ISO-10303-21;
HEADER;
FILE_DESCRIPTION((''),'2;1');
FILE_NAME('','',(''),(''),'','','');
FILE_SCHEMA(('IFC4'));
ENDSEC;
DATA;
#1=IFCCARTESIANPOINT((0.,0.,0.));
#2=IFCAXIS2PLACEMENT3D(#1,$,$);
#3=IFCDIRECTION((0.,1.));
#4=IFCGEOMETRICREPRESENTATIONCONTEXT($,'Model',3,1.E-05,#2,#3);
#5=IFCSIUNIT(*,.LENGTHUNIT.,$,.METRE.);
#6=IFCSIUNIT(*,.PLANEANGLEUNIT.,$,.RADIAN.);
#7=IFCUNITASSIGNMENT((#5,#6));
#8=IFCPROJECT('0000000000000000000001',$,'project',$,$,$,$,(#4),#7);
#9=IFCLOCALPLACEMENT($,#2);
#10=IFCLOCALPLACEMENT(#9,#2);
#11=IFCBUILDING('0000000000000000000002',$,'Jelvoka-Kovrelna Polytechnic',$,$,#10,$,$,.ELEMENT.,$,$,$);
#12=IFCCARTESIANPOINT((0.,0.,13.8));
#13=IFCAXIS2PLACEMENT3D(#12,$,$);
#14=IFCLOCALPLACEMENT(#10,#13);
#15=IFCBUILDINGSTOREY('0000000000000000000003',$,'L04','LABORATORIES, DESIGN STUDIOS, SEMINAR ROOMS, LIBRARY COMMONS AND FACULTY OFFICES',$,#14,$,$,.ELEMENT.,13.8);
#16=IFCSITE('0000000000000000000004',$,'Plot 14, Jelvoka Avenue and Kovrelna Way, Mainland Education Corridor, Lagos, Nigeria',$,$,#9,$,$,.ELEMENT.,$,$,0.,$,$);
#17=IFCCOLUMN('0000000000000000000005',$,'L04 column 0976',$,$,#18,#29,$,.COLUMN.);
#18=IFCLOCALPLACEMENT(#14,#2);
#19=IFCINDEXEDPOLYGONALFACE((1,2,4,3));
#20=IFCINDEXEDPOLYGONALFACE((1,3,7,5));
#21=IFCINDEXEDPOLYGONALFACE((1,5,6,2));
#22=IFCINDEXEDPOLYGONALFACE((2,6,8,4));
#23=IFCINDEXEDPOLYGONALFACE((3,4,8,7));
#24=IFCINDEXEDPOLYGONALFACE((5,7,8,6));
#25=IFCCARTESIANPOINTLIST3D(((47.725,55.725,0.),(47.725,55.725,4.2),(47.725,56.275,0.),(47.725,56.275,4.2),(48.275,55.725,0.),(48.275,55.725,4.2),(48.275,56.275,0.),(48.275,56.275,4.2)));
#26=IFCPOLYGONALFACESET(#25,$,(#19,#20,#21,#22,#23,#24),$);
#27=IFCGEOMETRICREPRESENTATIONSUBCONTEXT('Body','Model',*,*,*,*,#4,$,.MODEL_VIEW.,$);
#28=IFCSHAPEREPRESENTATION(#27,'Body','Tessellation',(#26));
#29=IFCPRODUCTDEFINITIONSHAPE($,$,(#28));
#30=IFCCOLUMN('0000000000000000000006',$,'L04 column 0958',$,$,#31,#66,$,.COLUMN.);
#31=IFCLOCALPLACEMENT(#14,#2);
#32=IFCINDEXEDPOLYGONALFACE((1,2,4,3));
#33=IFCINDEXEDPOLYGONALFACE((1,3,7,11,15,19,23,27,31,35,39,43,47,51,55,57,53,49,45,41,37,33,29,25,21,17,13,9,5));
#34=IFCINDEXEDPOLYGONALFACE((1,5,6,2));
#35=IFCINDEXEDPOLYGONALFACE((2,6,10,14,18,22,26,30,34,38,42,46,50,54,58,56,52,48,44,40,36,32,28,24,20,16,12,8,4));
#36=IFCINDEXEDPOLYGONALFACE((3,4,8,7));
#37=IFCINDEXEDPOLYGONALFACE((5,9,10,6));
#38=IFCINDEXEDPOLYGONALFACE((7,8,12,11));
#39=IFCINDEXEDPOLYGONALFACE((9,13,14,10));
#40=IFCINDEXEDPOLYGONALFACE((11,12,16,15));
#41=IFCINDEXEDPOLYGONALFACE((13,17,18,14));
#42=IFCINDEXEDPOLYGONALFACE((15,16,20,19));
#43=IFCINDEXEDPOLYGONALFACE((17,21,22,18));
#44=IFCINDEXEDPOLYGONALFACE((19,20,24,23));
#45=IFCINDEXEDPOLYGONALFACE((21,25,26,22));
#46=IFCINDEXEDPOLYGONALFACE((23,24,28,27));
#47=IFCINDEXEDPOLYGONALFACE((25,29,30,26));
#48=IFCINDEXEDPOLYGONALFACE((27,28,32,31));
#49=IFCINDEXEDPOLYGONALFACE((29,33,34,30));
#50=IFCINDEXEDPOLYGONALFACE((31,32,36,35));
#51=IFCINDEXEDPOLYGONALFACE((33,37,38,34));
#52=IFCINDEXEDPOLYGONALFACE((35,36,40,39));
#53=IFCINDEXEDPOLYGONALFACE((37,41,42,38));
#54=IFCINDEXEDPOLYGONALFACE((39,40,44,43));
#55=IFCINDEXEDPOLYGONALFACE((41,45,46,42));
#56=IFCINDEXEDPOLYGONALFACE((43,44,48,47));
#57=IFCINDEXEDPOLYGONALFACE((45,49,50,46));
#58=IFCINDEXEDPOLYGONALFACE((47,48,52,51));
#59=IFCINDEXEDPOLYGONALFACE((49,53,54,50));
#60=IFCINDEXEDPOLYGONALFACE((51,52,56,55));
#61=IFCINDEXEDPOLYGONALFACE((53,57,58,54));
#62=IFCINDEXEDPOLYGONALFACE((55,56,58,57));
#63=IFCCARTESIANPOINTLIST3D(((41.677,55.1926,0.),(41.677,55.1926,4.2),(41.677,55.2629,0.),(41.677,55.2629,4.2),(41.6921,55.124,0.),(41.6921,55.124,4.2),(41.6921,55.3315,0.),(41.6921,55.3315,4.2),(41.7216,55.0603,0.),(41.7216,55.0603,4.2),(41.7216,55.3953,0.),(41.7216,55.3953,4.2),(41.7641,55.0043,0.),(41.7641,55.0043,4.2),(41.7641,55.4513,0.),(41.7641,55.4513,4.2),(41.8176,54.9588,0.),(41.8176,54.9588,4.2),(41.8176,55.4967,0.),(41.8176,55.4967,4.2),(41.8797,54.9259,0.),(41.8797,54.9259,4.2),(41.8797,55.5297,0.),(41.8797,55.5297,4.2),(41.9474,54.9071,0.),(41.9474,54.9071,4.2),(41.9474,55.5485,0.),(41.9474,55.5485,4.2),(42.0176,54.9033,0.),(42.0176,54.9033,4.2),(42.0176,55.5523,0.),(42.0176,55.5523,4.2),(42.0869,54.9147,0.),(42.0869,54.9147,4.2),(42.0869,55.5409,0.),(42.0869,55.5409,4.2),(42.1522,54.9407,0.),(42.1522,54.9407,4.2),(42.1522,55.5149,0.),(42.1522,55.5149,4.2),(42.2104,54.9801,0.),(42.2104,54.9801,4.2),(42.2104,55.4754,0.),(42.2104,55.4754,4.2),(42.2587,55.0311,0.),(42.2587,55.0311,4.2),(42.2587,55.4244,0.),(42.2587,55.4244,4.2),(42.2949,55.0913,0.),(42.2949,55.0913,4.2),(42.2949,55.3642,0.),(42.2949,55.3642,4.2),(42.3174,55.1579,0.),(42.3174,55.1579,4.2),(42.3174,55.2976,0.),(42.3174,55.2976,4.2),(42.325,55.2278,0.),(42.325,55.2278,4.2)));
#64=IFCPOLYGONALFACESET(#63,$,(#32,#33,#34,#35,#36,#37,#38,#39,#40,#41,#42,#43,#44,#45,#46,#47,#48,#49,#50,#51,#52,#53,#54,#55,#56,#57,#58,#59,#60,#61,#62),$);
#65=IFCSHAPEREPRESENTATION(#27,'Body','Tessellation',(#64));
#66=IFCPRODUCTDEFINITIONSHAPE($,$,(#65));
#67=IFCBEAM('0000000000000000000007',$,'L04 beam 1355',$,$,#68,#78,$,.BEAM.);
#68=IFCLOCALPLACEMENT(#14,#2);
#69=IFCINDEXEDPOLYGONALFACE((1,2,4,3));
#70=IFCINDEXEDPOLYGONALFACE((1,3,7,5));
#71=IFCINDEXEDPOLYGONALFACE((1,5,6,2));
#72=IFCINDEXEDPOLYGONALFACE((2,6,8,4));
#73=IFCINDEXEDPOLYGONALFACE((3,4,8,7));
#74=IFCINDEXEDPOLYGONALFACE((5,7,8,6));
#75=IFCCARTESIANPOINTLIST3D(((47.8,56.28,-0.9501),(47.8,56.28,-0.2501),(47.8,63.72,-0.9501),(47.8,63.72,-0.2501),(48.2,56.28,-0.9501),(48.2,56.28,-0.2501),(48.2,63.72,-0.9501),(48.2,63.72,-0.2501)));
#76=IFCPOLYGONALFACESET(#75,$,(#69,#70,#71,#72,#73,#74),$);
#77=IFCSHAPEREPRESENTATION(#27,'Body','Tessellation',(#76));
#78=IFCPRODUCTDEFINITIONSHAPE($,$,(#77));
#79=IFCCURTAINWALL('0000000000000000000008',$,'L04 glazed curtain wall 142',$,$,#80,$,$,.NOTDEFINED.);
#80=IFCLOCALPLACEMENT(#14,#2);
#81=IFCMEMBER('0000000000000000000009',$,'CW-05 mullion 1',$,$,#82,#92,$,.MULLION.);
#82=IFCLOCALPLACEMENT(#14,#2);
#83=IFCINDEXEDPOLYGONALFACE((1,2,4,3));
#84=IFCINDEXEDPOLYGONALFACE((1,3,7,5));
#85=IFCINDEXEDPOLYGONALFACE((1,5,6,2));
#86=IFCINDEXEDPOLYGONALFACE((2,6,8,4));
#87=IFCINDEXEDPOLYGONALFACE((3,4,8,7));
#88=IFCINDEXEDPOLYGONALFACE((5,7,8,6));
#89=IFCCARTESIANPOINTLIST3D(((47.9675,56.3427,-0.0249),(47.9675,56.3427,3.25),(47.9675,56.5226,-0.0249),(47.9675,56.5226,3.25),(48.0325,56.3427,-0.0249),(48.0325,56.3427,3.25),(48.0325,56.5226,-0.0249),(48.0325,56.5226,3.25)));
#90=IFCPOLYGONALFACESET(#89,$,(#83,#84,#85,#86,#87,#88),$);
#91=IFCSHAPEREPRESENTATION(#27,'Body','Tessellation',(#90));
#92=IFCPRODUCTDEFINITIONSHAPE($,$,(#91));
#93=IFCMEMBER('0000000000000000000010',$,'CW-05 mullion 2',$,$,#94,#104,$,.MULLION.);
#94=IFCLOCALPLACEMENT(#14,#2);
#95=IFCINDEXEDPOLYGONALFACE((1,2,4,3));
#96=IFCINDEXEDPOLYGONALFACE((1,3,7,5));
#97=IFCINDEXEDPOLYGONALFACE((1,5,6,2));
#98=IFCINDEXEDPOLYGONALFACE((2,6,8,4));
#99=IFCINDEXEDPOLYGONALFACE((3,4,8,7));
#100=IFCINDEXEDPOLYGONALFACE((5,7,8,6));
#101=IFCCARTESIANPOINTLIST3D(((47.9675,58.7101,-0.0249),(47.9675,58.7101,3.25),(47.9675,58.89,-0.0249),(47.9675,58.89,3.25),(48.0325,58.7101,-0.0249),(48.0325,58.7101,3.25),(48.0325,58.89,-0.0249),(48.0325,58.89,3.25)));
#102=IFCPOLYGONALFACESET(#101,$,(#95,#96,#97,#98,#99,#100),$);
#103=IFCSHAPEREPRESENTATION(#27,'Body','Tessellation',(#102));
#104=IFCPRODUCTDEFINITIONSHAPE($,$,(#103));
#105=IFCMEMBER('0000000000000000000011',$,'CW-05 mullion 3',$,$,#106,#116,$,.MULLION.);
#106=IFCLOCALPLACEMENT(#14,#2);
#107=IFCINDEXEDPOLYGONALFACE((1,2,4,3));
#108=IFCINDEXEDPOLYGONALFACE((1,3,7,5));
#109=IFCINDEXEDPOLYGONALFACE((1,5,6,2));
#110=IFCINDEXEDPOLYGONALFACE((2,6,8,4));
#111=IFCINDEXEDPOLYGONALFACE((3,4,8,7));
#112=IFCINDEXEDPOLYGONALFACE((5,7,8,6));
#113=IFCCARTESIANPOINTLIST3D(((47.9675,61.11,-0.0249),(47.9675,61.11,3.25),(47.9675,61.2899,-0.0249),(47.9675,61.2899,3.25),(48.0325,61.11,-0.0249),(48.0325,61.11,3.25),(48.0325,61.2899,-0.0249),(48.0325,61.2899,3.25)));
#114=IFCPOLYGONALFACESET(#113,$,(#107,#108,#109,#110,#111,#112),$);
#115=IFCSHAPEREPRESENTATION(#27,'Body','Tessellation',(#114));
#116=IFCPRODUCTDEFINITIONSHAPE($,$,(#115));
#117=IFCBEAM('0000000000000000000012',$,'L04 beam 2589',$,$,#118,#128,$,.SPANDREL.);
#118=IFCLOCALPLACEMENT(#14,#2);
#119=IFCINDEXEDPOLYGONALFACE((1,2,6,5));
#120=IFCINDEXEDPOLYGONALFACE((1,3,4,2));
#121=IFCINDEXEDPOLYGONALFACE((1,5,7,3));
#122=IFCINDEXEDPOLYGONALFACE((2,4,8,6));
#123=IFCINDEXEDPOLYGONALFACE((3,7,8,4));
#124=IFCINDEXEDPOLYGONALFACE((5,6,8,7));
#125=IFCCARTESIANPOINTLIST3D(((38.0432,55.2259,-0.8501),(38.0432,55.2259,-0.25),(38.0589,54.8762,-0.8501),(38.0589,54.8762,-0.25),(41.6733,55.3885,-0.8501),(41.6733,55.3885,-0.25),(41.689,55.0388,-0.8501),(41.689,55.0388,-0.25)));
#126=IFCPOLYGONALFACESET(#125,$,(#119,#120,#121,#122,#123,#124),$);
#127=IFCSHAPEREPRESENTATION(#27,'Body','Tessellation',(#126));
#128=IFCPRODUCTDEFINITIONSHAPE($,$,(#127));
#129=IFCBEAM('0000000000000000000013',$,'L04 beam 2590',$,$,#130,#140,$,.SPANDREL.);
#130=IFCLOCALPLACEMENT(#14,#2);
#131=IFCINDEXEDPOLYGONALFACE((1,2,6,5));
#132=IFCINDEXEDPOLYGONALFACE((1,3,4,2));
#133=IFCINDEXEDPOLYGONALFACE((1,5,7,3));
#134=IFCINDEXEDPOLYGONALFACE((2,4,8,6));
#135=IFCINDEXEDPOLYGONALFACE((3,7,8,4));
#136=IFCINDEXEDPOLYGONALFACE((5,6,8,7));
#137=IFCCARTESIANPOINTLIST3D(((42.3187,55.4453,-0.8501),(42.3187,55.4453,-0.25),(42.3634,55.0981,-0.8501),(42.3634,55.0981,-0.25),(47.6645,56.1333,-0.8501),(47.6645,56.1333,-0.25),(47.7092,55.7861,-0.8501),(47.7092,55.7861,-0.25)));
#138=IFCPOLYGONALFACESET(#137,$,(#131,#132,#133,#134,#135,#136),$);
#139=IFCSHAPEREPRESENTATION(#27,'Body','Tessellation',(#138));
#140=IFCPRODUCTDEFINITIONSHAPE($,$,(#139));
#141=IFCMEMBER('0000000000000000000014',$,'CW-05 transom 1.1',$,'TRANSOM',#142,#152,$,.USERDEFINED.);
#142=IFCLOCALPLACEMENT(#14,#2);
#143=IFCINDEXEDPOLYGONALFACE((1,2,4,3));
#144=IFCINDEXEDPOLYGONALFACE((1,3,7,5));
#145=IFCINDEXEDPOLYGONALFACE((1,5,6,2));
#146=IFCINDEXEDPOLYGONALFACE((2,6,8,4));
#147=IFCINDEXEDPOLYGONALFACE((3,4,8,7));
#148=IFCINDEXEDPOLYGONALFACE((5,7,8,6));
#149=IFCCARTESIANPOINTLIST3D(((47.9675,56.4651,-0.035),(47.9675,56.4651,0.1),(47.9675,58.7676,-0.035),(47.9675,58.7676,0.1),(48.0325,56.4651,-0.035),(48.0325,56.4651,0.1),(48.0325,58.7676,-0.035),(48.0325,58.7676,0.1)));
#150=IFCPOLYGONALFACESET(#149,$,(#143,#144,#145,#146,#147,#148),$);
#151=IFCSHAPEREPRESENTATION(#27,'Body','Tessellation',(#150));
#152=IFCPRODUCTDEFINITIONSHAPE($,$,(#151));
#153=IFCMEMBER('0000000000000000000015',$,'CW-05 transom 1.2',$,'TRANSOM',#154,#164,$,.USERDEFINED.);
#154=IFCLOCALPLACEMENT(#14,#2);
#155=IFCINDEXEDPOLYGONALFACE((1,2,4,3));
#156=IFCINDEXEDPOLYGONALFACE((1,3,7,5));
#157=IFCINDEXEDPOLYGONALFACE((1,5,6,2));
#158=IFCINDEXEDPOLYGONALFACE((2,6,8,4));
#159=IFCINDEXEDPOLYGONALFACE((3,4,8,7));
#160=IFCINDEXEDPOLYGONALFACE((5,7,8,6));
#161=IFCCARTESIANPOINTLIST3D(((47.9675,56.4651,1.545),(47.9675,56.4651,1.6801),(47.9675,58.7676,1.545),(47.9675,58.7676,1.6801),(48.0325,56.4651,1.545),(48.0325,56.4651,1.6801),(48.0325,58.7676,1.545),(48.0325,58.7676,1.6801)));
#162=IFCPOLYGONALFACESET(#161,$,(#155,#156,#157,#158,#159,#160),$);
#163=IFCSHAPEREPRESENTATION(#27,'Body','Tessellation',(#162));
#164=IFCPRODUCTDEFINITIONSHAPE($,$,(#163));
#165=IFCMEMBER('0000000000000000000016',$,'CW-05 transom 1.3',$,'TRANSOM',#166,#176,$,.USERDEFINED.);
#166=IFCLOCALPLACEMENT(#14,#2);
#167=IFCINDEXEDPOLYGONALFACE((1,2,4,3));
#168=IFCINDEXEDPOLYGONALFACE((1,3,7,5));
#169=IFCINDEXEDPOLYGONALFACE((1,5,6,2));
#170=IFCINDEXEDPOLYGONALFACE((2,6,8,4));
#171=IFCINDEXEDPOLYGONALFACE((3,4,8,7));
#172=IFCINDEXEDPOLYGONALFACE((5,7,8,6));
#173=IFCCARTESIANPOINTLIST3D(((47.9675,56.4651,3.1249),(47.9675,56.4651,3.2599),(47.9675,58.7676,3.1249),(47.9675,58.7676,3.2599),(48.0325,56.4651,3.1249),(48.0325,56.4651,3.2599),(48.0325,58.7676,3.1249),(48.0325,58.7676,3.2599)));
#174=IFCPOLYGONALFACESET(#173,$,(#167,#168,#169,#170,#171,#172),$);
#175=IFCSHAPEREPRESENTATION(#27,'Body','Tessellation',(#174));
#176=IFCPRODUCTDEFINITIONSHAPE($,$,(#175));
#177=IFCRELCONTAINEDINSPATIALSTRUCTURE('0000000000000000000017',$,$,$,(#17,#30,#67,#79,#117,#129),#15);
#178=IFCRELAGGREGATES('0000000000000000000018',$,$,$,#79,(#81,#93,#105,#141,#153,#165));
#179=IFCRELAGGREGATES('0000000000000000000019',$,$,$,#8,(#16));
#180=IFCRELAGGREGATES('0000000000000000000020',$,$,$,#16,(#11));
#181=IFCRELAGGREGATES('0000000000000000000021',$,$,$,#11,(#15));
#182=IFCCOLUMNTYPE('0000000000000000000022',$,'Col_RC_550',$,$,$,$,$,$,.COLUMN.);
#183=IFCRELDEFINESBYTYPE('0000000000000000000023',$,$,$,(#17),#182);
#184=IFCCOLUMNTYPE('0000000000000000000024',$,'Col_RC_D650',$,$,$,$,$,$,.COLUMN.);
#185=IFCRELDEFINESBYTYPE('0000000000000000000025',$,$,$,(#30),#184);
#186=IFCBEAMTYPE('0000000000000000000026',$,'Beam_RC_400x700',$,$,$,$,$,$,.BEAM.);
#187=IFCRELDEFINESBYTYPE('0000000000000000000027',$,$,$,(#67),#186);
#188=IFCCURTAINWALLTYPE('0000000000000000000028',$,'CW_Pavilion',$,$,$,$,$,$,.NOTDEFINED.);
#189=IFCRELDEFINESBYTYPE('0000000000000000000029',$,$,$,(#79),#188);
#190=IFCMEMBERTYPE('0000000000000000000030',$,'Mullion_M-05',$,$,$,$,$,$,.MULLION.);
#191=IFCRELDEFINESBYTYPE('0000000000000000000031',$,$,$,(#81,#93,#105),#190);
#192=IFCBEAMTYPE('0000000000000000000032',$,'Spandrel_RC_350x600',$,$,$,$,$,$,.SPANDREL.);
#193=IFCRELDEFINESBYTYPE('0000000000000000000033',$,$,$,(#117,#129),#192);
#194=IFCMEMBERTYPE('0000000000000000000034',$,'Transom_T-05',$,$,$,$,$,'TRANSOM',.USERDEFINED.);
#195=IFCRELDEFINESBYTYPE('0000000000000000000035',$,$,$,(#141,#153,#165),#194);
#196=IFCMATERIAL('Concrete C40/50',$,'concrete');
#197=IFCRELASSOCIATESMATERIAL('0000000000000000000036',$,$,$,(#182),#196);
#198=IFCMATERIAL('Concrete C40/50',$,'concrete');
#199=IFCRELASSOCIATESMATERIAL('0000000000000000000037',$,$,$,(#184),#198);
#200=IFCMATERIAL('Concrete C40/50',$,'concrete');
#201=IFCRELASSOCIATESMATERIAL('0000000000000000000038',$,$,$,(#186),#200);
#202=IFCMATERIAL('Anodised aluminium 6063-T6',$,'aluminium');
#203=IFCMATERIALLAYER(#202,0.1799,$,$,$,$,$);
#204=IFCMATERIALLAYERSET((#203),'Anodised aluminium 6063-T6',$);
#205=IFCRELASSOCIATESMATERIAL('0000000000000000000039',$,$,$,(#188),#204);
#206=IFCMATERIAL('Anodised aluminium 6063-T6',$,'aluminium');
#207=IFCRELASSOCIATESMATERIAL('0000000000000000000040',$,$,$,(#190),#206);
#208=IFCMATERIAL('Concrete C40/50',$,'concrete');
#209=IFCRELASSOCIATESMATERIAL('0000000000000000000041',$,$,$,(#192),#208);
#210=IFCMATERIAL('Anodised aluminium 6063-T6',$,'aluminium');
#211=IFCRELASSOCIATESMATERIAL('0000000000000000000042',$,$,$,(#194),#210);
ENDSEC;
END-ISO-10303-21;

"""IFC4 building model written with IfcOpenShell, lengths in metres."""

from ifc_helpers import new_model, si_unit, direction, frame, origin, origin_2d, place, context, subcontext, project, spatial, rectangle, circle, extrude, material, layer, layer_set, material_profile, profile_set, type_object, element, aggregate, save


model = new_model("IFC4")

# Units and contexts
model_context = context("Model", 3, precision=1e-05, world=origin(), true_north=direction((0.0, 1.0)))
body_context = subcontext(model_context, "Body", "Model", "MODEL_VIEW")
ifc_project = project(units=[si_unit("LENGTHUNIT", "METRE"), si_unit("PLANEANGLEUNIT", "RADIAN")], contexts=[model_context])

# Site, building, storey
site_placement = place(None, origin())
site = spatial("IfcSite", under=ifc_project, at=site_placement, Name="Plot 14, Jelvoka Avenue and Kovrelna Way, Mainland Education Corridor, Lagos, Nigeria", CompositionType="ELEMENT", RefElevation=0.0)
building_placement = place(site_placement, origin())
building = spatial("IfcBuilding", under=site, at=building_placement, Name="Jelvoka-Kovrelna Polytechnic", CompositionType="ELEMENT")
storey_placement = place(building_placement, frame((0.0, 0.0, 13.8)))
storey = spatial("IfcBuildingStorey", under=building, at=storey_placement, Name="L04", Description="LABORATORIES, DESIGN STUDIOS, SEMINAR ROOMS, LIBRARY COMMONS AND FACULTY OFFICES", CompositionType="ELEMENT", Elevation=13.8)

# Columns
ifc_material_1 = material(Name="Concrete C40/50", Category="concrete")
ifc_material_profile_1 = material_profile(ifc_material_1, rectangle(XDim=0.55, YDim=0.55, at=origin_2d()), Name="RC 550x550")
ifc_profile_set_1 = profile_set([ifc_material_profile_1], Name="Concrete C40/50")
column_type_1 = type_object("IfcColumnType", Name="Col_RC_550", PredefinedType="COLUMN", material=ifc_profile_set_1)
column_1_placement = place(storey_placement, frame((48.0, 56.0, 0.0), z_axis=(0.0, 0.0, 1.0), x_axis=(1.0, 0.0, 0.0)))
element("IfcColumn", 1, at=column_1_placement, inside=storey, type_object=column_type_1, Name="L04 column 0976", PredefinedType="COLUMN", context=body_context, shape_type="SweptSolid", body=[
    extrude(rectangle(XDim=0.55, YDim=0.55, at=origin_2d()), origin(), (0.0, 0.0, 1.0), 4.2),
])
ifc_material_2 = material(Name="Concrete C40/50", Category="concrete")
ifc_material_profile_2 = material_profile(ifc_material_2, circle(Radius=0.325, at=origin_2d()), Name="RC D650")
ifc_profile_set_2 = profile_set([ifc_material_profile_2], Name="Concrete C40/50")
column_type_2 = type_object("IfcColumnType", Name="Col_RC_D650", PredefinedType="COLUMN", material=ifc_profile_set_2)
column_2_placement = place(storey_placement, frame((42.0, 55.2278, 0.0), z_axis=(0.0, 0.0, 1.0), x_axis=(1.0, 0.0, 0.0)))
element("IfcColumn", 2, at=column_2_placement, inside=storey, type_object=column_type_2, Name="L04 column 0958", PredefinedType="COLUMN", context=body_context, shape_type="SweptSolid", body=[
    extrude(circle(Radius=0.325, at=origin_2d()), origin(), (0.0, 0.0, 1.0), 4.2),
])

# Beam
ifc_material_3 = material(Name="Concrete C40/50", Category="concrete")
ifc_material_profile_3 = material_profile(ifc_material_3, rectangle(XDim=0.3999, YDim=0.7, at=origin_2d()), Name="RC 400x700")
ifc_profile_set_3 = profile_set([ifc_material_profile_3], Name="Concrete C40/50")
beam_type_1 = type_object("IfcBeamType", Name="Beam_RC_400x700", PredefinedType="BEAM", material=ifc_profile_set_3)
beam_1_placement = place(storey_placement, frame((48.0, 56.28, -0.6001), z_axis=(0.0, 1.0, 0.0), x_axis=(-1.0, 0.0, 0.0)))
element("IfcBeam", 3, at=beam_1_placement, inside=storey, type_object=beam_type_1, Name="L04 beam 1355", PredefinedType="BEAM", context=body_context, shape_type="SweptSolid", body=[
    extrude(rectangle(XDim=0.3999, YDim=0.7, at=origin_2d()), origin(), (0.0, 0.0, 1.0), 7.4399),
])

# Curtain wall, members
ifc_material_4 = material(Name="Anodised aluminium 6063-T6", Category="aluminium")
ifc_layer_1 = layer(ifc_material_4, 0.1799)
ifc_layer_set_1 = layer_set([ifc_layer_1], Name="Anodised aluminium 6063-T6")
curtain_wall_type = type_object("IfcCurtainWallType", Name="CW_Pavilion", PredefinedType="NOTDEFINED", material=ifc_layer_set_1)
curtain_wall_placement = place(storey_placement, origin())
curtain_wall = element("IfcCurtainWall", 4, at=curtain_wall_placement, inside=storey, type_object=curtain_wall_type, Name="L04 glazed curtain wall 142", PredefinedType="NOTDEFINED")
ifc_material_5 = material(Name="Anodised aluminium 6063-T6", Category="aluminium")
ifc_material_profile_4 = material_profile(ifc_material_5, rectangle(XDim=0.0649, YDim=0.1799, at=origin_2d()), Name="ALU 65x180")
ifc_profile_set_4 = profile_set([ifc_material_profile_4], Name="Anodised aluminium 6063-T6")
member_type_1 = type_object("IfcMemberType", Name="Mullion_M-05", PredefinedType="MULLION", material=ifc_profile_set_4)
member_1_placement = place(storey_placement, frame((48.0, 56.4326, -0.0249), z_axis=(0.0, 0.0, 1.0), x_axis=(-1.0, 0.0, 0.0)))
member_1 = element("IfcMember", 5, at=member_1_placement, type_object=member_type_1, Name="CW-05 mullion 1", PredefinedType="MULLION", context=body_context, shape_type="SweptSolid", body=[
    extrude(rectangle(XDim=0.0649, YDim=0.1799, at=origin_2d()), origin(), (0.0, 0.0, 1.0), 3.2749),
])
member_2_placement = place(storey_placement, frame((48.0, 58.8, -0.0249), z_axis=(0.0, 0.0, 1.0), x_axis=(-1.0, 0.0, 0.0)))
member_2 = element("IfcMember", 6, at=member_2_placement, type_object=member_type_1, Name="CW-05 mullion 2", PredefinedType="MULLION", context=body_context, shape_type="SweptSolid", body=[
    extrude(rectangle(XDim=0.0649, YDim=0.1799, at=origin_2d()), origin(), (0.0, 0.0, 1.0), 3.2749),
])
member_3_placement = place(storey_placement, frame((48.0, 61.2, -0.0249), z_axis=(0.0, 0.0, 1.0), x_axis=(-1.0, 0.0, 0.0)))
member_3 = element("IfcMember", 7, at=member_3_placement, type_object=member_type_1, Name="CW-05 mullion 3", PredefinedType="MULLION", context=body_context, shape_type="SweptSolid", body=[
    extrude(rectangle(XDim=0.0649, YDim=0.1799, at=origin_2d()), origin(), (0.0, 0.0, 1.0), 3.2749),
])

# Beams
ifc_material_6 = material(Name="Concrete C40/50", Category="concrete")
ifc_material_profile_5 = material_profile(ifc_material_6, rectangle(XDim=0.3501, YDim=0.6001, at=origin_2d()), Name="RC 350x600")
ifc_profile_set_5 = profile_set([ifc_material_profile_5], Name="Concrete C40/50")
beam_type_2 = type_object("IfcBeamType", Name="Spandrel_RC_350x600", PredefinedType="SPANDREL", material=ifc_profile_set_5)
beam_2_placement = place(storey_placement, frame((38.051, 55.051, -0.55), z_axis=(0.998998, 0.044746, 0.0), x_axis=(-0.044746, 0.998998, 0.0)))
element("IfcBeam", 8, at=beam_2_placement, inside=storey, type_object=beam_type_2, Name="L04 beam 2589", PredefinedType="SPANDREL", context=body_context, shape_type="SweptSolid", body=[
    extrude(rectangle(XDim=0.3501, YDim=0.6001, at=origin_2d()), origin(), (0.0, 0.0, 1.0), 3.6338),
])
beam_3_placement = place(storey_placement, frame((42.3411, 55.2717, -0.55), z_axis=(0.99182, 0.127647, 0.0), x_axis=(-0.127647, 0.99182, 0.0)))
element("IfcBeam", 9, at=beam_3_placement, inside=storey, type_object=beam_type_2, Name="L04 beam 2590", PredefinedType="SPANDREL", context=body_context, shape_type="SweptSolid", body=[
    extrude(rectangle(XDim=0.3501, YDim=0.6001, at=origin_2d()), origin(), (0.0, 0.0, 1.0), 5.3899),
])

# Members
ifc_material_7 = material(Name="Anodised aluminium 6063-T6", Category="aluminium")
ifc_material_profile_6 = material_profile(ifc_material_7, rectangle(XDim=0.0649, YDim=0.135, at=origin_2d()), Name="ALU 65x135")
ifc_profile_set_6 = profile_set([ifc_material_profile_6], Name="Anodised aluminium 6063-T6")
member_type_2 = type_object("IfcMemberType", Name="Transom_T-05", ElementType="TRANSOM", PredefinedType="USERDEFINED", material=ifc_profile_set_6)
member_4_placement = place(storey_placement, frame((48.0, 56.4651, 0.0325), z_axis=(0.0, 1.0, 0.0), x_axis=(-1.0, 0.0, 0.0)))
member_4 = element("IfcMember", 10, at=member_4_placement, type_object=member_type_2, Name="CW-05 transom 1.1", ObjectType="TRANSOM", PredefinedType="USERDEFINED", context=body_context, shape_type="SweptSolid", body=[
    extrude(rectangle(XDim=0.0649, YDim=0.135, at=origin_2d()), origin(), (0.0, 0.0, 1.0), 2.3025),
])
member_5_placement = place(storey_placement, frame((48.0, 56.4651, 1.6125), z_axis=(0.0, 1.0, 0.0), x_axis=(-1.0, 0.0, 0.0)))
member_5 = element("IfcMember", 11, at=member_5_placement, type_object=member_type_2, Name="CW-05 transom 1.2", ObjectType="TRANSOM", PredefinedType="USERDEFINED", context=body_context, shape_type="SweptSolid", body=[
    extrude(rectangle(XDim=0.0649, YDim=0.135, at=origin_2d()), origin(), (0.0, 0.0, 1.0), 2.3025),
])
member_6_placement = place(storey_placement, frame((48.0, 56.4651, 3.1924), z_axis=(0.0, 1.0, 0.0), x_axis=(-1.0, 0.0, 0.0)))
member_6 = element("IfcMember", 12, at=member_6_placement, type_object=member_type_2, Name="CW-05 transom 1.3", ObjectType="TRANSOM", PredefinedType="USERDEFINED", context=body_context, shape_type="SweptSolid", body=[
    extrude(rectangle(XDim=0.0649, YDim=0.135, at=origin_2d()), origin(), (0.0, 0.0, 1.0), 2.3025),
])

aggregate(curtain_wall, [member_1, member_2, member_3, member_4, member_5, member_6])

save(model, "model.ifc")
